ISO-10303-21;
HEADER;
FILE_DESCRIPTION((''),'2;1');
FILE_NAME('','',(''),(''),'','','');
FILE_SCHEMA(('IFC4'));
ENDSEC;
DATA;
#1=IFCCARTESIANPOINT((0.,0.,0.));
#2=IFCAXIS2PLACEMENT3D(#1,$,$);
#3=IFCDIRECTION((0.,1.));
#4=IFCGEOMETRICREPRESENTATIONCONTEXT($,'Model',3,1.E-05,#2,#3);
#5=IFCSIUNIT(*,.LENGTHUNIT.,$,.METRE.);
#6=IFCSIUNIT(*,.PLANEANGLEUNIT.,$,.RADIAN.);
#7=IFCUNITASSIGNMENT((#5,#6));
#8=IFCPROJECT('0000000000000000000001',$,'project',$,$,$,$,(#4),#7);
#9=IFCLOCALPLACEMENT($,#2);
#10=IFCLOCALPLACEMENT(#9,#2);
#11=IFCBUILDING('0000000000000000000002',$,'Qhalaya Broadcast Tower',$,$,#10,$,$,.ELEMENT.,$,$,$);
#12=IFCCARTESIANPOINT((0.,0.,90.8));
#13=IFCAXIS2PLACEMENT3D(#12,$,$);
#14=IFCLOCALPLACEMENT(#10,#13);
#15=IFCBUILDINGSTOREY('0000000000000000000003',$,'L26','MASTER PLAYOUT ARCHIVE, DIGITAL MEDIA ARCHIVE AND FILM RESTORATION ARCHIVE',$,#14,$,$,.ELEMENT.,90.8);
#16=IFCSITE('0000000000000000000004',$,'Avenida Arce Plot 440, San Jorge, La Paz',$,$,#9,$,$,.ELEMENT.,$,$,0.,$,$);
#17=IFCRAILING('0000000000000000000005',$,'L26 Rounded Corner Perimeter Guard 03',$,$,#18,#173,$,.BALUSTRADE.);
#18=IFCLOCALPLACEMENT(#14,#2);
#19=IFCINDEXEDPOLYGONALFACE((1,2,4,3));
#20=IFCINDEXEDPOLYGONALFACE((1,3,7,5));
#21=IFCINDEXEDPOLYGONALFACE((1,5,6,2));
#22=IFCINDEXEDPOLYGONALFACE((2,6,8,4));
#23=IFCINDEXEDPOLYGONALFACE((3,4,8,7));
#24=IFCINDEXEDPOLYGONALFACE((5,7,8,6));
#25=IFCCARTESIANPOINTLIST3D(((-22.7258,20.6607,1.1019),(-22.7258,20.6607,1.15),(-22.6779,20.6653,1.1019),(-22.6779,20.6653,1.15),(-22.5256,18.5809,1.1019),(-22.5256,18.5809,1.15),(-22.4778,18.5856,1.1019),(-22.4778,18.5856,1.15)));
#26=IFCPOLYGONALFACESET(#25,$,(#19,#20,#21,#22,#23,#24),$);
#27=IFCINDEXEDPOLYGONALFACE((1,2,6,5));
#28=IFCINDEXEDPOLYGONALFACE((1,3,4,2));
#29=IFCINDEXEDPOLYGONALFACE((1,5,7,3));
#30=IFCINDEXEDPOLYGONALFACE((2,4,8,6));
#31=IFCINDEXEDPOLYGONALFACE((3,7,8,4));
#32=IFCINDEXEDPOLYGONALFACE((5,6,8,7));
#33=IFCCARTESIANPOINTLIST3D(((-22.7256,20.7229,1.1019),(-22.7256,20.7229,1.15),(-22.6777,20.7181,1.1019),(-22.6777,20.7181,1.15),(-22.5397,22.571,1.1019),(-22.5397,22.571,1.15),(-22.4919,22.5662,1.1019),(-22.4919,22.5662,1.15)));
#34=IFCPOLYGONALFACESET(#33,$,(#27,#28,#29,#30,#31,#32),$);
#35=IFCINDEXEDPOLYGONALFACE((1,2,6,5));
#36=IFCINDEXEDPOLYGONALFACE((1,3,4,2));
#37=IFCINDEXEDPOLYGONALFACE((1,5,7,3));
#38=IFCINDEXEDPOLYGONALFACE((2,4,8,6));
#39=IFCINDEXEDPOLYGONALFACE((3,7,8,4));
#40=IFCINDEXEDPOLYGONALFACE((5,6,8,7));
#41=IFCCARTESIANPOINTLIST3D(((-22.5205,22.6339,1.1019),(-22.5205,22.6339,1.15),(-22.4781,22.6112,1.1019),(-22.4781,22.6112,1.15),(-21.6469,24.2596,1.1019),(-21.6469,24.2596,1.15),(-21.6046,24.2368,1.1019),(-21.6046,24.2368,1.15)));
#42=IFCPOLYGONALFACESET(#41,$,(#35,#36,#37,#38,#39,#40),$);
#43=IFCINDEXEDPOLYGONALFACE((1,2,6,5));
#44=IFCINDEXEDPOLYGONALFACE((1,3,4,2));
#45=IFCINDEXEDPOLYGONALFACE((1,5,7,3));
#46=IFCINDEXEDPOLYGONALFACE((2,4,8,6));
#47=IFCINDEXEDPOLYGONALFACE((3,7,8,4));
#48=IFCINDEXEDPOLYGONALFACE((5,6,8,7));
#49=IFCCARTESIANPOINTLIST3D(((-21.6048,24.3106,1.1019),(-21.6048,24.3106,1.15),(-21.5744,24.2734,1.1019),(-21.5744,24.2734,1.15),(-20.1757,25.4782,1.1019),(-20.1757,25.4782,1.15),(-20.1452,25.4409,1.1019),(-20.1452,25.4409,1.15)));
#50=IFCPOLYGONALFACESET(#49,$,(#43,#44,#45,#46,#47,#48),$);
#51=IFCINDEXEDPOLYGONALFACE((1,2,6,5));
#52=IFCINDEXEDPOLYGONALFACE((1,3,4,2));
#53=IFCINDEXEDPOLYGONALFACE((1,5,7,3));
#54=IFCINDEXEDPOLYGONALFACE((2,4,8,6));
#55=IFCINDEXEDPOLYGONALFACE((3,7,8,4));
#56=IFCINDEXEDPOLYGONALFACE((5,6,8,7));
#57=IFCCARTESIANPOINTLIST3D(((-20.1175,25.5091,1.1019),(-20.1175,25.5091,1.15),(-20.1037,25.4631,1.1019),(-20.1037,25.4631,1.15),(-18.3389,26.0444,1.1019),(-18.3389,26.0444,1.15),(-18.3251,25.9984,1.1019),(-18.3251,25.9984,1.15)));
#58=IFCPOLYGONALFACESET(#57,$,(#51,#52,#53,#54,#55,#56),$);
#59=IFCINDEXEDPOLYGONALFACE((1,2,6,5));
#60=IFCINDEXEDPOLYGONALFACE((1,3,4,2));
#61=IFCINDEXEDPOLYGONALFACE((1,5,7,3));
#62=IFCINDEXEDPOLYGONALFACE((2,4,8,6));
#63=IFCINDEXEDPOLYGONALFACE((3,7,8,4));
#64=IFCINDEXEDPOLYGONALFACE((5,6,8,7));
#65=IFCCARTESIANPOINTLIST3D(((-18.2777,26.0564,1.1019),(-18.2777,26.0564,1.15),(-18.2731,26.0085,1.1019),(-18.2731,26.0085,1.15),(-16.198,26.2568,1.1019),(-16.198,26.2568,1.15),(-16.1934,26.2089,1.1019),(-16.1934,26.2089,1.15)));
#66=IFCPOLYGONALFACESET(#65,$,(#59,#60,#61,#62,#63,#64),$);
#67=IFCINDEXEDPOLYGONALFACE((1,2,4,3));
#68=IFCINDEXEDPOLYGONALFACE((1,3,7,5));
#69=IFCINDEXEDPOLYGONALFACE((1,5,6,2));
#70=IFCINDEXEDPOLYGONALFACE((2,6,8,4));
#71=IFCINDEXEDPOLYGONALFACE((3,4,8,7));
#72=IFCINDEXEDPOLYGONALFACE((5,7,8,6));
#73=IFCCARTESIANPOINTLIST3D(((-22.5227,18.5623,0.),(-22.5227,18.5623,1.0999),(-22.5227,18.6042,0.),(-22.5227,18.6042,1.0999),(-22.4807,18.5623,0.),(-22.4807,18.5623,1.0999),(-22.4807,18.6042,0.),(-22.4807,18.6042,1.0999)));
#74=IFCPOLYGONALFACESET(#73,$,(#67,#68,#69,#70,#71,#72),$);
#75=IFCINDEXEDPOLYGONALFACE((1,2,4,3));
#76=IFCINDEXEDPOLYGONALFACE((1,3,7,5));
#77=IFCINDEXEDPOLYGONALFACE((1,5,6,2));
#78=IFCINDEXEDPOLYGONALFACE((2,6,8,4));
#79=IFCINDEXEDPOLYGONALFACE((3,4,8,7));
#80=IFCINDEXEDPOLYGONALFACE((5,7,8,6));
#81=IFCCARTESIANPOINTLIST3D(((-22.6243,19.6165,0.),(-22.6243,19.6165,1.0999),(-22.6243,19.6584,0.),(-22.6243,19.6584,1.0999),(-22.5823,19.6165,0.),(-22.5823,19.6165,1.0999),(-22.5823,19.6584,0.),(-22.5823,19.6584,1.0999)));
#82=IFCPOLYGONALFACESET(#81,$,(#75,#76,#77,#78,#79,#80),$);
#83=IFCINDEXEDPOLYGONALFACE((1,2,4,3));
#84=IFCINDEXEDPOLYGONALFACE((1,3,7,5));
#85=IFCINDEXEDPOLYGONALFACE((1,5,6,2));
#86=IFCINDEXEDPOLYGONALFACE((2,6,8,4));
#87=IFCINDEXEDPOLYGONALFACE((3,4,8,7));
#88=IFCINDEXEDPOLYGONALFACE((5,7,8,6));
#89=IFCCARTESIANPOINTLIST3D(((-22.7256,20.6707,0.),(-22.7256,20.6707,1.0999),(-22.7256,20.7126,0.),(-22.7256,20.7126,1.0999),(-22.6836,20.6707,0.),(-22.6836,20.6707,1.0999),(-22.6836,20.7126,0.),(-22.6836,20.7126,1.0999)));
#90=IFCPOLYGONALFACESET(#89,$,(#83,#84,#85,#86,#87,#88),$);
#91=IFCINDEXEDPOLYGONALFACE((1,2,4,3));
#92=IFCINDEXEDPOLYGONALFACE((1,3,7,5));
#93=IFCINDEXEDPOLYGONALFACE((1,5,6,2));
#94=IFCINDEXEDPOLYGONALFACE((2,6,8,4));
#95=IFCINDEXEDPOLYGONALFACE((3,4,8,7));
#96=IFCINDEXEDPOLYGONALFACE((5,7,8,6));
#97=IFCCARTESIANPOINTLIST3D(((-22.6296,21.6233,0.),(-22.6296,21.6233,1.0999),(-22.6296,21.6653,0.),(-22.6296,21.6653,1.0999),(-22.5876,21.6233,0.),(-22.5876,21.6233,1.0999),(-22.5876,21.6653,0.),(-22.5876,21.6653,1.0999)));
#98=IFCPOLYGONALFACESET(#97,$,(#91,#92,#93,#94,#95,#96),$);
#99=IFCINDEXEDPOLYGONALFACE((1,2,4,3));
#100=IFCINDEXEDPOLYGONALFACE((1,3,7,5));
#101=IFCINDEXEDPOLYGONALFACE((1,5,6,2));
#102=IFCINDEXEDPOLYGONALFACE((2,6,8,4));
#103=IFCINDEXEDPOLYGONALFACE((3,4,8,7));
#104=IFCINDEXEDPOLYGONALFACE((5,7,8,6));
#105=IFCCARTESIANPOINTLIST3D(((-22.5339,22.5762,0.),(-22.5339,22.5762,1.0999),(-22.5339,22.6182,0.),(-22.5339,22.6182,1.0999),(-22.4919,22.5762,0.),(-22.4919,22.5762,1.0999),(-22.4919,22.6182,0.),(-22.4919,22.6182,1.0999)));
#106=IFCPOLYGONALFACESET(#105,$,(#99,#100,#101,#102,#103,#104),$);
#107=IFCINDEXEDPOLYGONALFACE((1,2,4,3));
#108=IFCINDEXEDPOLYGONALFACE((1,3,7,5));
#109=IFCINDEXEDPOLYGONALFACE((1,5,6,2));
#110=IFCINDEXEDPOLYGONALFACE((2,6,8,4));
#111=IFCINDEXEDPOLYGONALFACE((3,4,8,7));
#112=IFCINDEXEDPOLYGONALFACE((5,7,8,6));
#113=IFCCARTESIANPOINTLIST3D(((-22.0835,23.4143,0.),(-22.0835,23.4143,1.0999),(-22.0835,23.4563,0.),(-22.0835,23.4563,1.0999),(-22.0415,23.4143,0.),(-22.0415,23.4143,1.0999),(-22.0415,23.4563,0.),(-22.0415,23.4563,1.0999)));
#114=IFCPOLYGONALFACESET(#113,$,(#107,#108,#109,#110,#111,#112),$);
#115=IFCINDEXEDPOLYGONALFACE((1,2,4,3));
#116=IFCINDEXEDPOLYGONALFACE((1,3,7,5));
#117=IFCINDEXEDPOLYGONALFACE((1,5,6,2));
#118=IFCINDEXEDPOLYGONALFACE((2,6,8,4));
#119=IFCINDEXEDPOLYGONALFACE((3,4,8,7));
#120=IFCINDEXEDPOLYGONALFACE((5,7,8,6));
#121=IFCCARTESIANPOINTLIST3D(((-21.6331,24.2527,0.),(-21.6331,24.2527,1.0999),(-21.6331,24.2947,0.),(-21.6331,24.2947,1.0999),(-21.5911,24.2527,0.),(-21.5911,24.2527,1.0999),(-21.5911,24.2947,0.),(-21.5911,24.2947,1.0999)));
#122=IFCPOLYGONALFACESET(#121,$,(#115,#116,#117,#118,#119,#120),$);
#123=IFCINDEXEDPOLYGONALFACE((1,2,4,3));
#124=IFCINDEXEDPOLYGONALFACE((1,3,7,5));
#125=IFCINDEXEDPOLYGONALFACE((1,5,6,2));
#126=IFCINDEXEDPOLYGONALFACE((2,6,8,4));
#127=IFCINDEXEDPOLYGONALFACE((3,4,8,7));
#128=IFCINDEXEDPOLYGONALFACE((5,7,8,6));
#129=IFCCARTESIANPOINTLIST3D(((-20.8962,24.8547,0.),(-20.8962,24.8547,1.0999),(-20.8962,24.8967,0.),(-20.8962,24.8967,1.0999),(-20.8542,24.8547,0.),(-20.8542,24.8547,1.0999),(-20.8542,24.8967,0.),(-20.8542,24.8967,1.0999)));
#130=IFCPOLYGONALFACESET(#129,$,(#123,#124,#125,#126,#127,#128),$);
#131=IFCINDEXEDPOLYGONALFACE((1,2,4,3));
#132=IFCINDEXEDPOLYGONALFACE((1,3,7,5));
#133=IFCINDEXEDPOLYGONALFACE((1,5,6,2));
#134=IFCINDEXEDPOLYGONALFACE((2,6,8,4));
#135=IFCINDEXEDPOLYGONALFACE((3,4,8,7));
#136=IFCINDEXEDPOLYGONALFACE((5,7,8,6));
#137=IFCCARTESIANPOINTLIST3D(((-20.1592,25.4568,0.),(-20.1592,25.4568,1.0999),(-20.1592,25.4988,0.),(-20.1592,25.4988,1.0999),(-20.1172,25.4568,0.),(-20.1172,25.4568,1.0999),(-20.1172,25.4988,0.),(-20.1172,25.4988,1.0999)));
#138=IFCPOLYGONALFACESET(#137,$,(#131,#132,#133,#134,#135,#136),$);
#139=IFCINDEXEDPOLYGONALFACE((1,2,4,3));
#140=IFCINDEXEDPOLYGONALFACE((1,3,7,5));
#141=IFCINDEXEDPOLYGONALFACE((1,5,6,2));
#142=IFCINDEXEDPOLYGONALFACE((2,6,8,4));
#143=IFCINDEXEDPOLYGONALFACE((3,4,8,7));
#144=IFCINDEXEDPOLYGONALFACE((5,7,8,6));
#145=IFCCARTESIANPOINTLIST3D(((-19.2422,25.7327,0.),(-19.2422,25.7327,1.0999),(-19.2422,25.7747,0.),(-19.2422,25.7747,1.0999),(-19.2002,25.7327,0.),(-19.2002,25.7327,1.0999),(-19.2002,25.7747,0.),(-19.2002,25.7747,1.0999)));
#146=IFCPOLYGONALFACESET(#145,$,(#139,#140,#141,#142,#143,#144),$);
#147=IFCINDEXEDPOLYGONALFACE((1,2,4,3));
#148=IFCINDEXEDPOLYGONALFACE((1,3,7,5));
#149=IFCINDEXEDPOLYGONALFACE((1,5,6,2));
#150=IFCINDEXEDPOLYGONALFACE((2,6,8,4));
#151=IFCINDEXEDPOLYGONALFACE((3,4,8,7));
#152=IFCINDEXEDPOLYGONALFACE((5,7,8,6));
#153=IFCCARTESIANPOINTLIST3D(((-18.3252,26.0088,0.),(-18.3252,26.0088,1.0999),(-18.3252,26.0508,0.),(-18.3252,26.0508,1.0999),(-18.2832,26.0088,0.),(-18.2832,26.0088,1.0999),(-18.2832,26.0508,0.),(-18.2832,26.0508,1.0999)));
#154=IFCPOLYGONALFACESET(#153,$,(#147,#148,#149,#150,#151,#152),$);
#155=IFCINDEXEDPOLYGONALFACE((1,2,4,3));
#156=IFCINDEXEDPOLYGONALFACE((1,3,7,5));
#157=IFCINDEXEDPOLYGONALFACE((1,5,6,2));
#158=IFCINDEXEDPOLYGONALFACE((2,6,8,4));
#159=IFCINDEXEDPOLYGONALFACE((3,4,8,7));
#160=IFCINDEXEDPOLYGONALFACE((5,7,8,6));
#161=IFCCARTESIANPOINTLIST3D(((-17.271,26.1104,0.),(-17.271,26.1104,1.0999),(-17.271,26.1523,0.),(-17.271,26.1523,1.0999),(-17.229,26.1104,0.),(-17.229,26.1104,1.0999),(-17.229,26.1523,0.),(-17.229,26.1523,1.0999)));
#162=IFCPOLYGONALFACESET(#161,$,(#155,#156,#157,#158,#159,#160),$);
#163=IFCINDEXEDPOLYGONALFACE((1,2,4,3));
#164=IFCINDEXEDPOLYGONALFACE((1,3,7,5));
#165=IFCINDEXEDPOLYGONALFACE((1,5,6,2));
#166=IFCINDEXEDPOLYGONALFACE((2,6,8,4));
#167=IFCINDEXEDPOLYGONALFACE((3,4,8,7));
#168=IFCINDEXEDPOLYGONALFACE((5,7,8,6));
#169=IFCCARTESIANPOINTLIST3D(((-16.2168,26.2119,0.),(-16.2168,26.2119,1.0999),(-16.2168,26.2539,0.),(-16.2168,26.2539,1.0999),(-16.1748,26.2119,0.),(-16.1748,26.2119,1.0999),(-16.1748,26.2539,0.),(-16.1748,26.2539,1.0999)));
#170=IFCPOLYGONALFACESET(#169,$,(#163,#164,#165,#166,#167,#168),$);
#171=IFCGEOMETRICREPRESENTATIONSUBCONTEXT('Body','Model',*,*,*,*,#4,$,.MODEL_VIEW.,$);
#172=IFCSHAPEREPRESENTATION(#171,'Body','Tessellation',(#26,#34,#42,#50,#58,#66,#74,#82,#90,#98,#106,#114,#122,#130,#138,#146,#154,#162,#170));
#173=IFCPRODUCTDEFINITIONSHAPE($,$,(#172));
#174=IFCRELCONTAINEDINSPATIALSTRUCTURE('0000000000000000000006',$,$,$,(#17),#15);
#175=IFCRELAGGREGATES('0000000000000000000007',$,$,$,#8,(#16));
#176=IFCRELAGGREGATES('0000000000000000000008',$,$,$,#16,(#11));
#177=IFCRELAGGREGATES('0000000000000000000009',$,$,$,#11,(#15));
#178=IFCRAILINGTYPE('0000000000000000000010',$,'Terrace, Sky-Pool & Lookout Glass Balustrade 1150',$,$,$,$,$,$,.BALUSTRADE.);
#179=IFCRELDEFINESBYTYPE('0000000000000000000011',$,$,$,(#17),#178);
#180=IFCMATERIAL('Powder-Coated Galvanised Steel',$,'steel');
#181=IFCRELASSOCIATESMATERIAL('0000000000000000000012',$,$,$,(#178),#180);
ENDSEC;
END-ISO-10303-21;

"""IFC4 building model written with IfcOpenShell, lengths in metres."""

from ifc_helpers import new_model, si_unit, direction, frame, origin, origin_2d, place, context, subcontext, project, spatial, rectangle, extrude, material, type_object, element, save


model = new_model("IFC4")

# Units and contexts
model_context = context("Model", 3, precision=1e-05, world=origin(), true_north=direction((0.0, 1.0)))
body_context = subcontext(model_context, "Body", "Model", "MODEL_VIEW")
ifc_project = project(units=[si_unit("LENGTHUNIT", "METRE"), si_unit("PLANEANGLEUNIT", "RADIAN")], contexts=[model_context])

# Site, building, storey
site_placement = place(None, origin())
site = spatial("IfcSite", under=ifc_project, at=site_placement, Name="Avenida Arce Plot 440, San Jorge, La Paz", CompositionType="ELEMENT", RefElevation=0.0)
building_placement = place(site_placement, origin())
building = spatial("IfcBuilding", under=site, at=building_placement, Name="Qhalaya Broadcast Tower", CompositionType="ELEMENT")
storey_placement = place(building_placement, frame((0.0, 0.0, 90.8)))
storey = spatial("IfcBuildingStorey", under=building, at=storey_placement, Name="L26", Description="MASTER PLAYOUT ARCHIVE, DIGITAL MEDIA ARCHIVE AND FILM RESTORATION ARCHIVE", CompositionType="ELEMENT", Elevation=90.8)

# Railing
ifc_material_1 = material(Name="Powder-Coated Galvanised Steel", Category="steel")
railing_type = type_object("IfcRailingType", Name="Terrace, Sky-Pool & Lookout Glass Balustrade 1150", PredefinedType="BALUSTRADE", material=ifc_material_1)
railing_placement = place(storey_placement, frame((-22.5017, 18.5833, 0.0)))
element("IfcRailing", 1, at=railing_placement, inside=storey, type_object=railing_type, Name="L26 Rounded Corner Perimeter Guard 03", PredefinedType="BALUSTRADE", context=body_context, shape_type="SweptSolid", body=[
    extrude(rectangle(XDim=0.0481, YDim=0.0481, at=origin_2d()), frame((0.0, 0.0, 1.126), z_axis=(-0.095783, 0.995402, 0.0), x_axis=(-0.995402, -0.095783, 0.0)), (0.0, 0.0, 1.0), 2.0894),
    extrude(rectangle(XDim=0.0481, YDim=0.0481, at=origin_2d()), frame((-0.2, 2.1372, 1.126), z_axis=(0.100072, 0.99498, 0.0), x_axis=(-0.99498, 0.100072, 0.0)), (0.0, 0.0, 1.0), 1.8574),
    extrude(rectangle(XDim=0.0481, YDim=0.0481, at=origin_2d()), frame((0.0024, 4.0393, 1.126), z_axis=(0.473342, 0.880879, 0.0), x_axis=(-0.880879, 0.473342, 0.0)), (0.0, 0.0, 1.0), 1.8455),
    extrude(rectangle(XDim=0.0481, YDim=0.0481, at=origin_2d()), frame((0.9121, 5.7087, 1.126), z_axis=(0.77442, 0.632672, 0.0), x_axis=(-0.632672, 0.77442, 0.0)), (0.0, 0.0, 1.0), 1.8455),
    extrude(rectangle(XDim=0.0481, YDim=0.0481, at=origin_2d()), frame((2.3911, 6.9028, 1.126), z_axis=(0.957566, 0.288213, 0.0), x_axis=(-0.288213, 0.957566, 0.0)), (0.0, 0.0, 1.0), 1.8574),
    extrude(rectangle(XDim=0.0481, YDim=0.0481, at=origin_2d()), frame((4.2263, 7.4492, 1.126), z_axis=(0.995391, 0.095897, 0.0), x_axis=(-0.095897, 0.995391, 0.0)), (0.0, 0.0, 1.0), 2.0894),
    extrude(rectangle(XDim=0.042, YDim=0.042, at=origin_2d()), origin(), (0.0, 0.0, 1.0), 1.0999),
    extrude(rectangle(XDim=0.042, YDim=0.042, at=origin_2d()), frame((-0.1016, 1.0542, 0.0)), (0.0, 0.0, 1.0), 1.0999),
    extrude(rectangle(XDim=0.042, YDim=0.042, at=origin_2d()), frame((-0.2029, 2.1084, 0.0)), (0.0, 0.0, 1.0), 1.0999),
    extrude(rectangle(XDim=0.042, YDim=0.042, at=origin_2d()), frame((-0.1069, 3.061, 0.0)), (0.0, 0.0, 1.0), 1.0999),
    extrude(rectangle(XDim=0.042, YDim=0.042, at=origin_2d()), frame((-0.0112, 4.0139, 0.0)), (0.0, 0.0, 1.0), 1.0999),
    extrude(rectangle(XDim=0.042, YDim=0.042, at=origin_2d()), frame((0.4392, 4.8521, 0.0)), (0.0, 0.0, 1.0), 1.0999),
    extrude(rectangle(XDim=0.042, YDim=0.042, at=origin_2d()), frame((0.8896, 5.6904, 0.0)), (0.0, 0.0, 1.0), 1.0999),
    extrude(rectangle(XDim=0.042, YDim=0.042, at=origin_2d()), frame((1.6265, 6.2925, 0.0)), (0.0, 0.0, 1.0), 1.0999),
    extrude(rectangle(XDim=0.042, YDim=0.042, at=origin_2d()), frame((2.3635, 6.8945, 0.0)), (0.0, 0.0, 1.0), 1.0999),
    extrude(rectangle(XDim=0.042, YDim=0.042, at=origin_2d()), frame((3.2805, 7.1704, 0.0)), (0.0, 0.0, 1.0), 1.0999),
    extrude(rectangle(XDim=0.042, YDim=0.042, at=origin_2d()), frame((4.1975, 7.4465, 0.0)), (0.0, 0.0, 1.0), 1.0999),
    extrude(rectangle(XDim=0.042, YDim=0.042, at=origin_2d()), frame((5.2517, 7.5481, 0.0)), (0.0, 0.0, 1.0), 1.0999),
    extrude(rectangle(XDim=0.042, YDim=0.042, at=origin_2d()), frame((6.3059, 7.6497, 0.0)), (0.0, 0.0, 1.0), 1.0999),
])

save(model, "model.ifc")
